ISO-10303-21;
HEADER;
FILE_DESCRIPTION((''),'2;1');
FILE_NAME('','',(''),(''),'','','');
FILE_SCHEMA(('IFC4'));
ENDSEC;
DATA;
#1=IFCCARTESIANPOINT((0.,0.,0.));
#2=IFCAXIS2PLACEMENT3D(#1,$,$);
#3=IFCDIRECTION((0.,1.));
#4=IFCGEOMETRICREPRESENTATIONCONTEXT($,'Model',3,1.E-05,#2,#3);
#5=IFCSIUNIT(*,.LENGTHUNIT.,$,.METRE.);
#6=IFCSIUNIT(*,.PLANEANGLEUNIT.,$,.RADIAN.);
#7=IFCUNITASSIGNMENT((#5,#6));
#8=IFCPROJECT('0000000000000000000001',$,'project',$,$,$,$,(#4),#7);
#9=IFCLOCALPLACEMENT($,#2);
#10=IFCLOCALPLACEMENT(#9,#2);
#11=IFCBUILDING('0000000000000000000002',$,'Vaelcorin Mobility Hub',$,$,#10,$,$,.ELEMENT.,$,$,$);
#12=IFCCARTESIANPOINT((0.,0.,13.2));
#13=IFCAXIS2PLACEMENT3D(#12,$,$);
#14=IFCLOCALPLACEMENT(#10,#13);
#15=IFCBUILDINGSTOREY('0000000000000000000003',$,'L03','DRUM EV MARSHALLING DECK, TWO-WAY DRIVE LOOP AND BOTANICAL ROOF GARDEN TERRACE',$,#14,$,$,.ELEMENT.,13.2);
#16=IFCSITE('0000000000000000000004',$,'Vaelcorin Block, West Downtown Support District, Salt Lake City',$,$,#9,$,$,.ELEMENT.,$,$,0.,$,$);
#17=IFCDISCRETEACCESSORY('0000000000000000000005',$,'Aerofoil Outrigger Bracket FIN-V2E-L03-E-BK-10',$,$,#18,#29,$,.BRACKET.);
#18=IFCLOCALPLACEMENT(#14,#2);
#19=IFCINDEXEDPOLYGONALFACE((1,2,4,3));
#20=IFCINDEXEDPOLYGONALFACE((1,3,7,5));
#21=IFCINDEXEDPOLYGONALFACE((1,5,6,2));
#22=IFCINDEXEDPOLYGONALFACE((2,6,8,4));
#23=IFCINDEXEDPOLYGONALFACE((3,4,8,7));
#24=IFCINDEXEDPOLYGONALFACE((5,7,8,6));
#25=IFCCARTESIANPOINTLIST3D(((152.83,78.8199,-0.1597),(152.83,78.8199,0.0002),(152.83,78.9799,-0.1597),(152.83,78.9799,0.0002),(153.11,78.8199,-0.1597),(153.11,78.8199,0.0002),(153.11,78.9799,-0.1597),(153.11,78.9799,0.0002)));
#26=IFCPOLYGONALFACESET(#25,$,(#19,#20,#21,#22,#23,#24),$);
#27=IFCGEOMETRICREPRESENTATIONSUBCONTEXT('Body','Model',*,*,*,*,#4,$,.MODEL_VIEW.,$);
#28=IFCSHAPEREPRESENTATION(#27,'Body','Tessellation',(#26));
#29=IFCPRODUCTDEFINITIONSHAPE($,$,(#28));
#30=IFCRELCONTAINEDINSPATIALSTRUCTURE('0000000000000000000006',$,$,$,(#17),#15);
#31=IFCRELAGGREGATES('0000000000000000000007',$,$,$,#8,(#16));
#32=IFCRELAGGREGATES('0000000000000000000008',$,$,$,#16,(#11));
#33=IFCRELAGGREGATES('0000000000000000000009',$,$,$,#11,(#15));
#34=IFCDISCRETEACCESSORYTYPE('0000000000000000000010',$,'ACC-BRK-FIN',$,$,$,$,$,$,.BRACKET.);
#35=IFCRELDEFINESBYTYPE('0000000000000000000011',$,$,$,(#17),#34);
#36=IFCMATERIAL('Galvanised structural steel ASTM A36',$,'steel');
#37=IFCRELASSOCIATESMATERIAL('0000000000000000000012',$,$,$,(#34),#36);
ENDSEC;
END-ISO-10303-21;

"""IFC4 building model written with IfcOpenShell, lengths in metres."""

from ifc_helpers import new_model, si_unit, direction, frame, origin, origin_2d, place, context, subcontext, project, spatial, rectangle, extrude, material, type_object, element, save


model = new_model("IFC4")

# Units and contexts
model_context = context("Model", 3, precision=1e-05, world=origin(), true_north=direction((0.0, 1.0)))
body_context = subcontext(model_context, "Body", "Model", "MODEL_VIEW")
ifc_project = project(units=[si_unit("LENGTHUNIT", "METRE"), si_unit("PLANEANGLEUNIT", "RADIAN")], contexts=[model_context])

# Site, building, storey
site_placement = place(None, origin())
site = spatial("IfcSite", under=ifc_project, at=site_placement, Name="Vaelcorin Block, West Downtown Support District, Salt Lake City", CompositionType="ELEMENT", RefElevation=0.0)
building_placement = place(site_placement, origin())
building = spatial("IfcBuilding", under=site, at=building_placement, Name="Vaelcorin Mobility Hub", CompositionType="ELEMENT")
storey_placement = place(building_placement, frame((0.0, 0.0, 13.2)))
storey = spatial("IfcBuildingStorey", under=building, at=storey_placement, Name="L03", Description="DRUM EV MARSHALLING DECK, TWO-WAY DRIVE LOOP AND BOTANICAL ROOF GARDEN TERRACE", CompositionType="ELEMENT", Elevation=13.2)

# Shared definitions
ifc_material_1 = material(Name="Galvanised structural steel ASTM A36", Category="steel")

# Discrete accessory
discrete_accessory_type = type_object("IfcDiscreteAccessoryType", Name="ACC-BRK-FIN", PredefinedType="BRACKET", material=ifc_material_1)
for number, where, z_axis, x_axis, name in (
    (1, (152.97, 78.8999, -0.1597), (0.0, 0.0, 1.0), (1.0, 0.0, 0.0), "Aerofoil Outrigger Bracket FIN-V2E-L03-E-BK-10"),
):
    element("IfcDiscreteAccessory", number, at=place(storey_placement, frame(where, z_axis=z_axis, x_axis=x_axis)), inside=storey, type_object=discrete_accessory_type, Name=name, PredefinedType="BRACKET", context=body_context, shape_type="SweptSolid", body=[
        extrude(rectangle(XDim=0.28, YDim=0.1599, at=origin_2d()), origin(), (0.0, 0.0, 1.0), 0.1599),
    ])

save(model, "model.ifc")
